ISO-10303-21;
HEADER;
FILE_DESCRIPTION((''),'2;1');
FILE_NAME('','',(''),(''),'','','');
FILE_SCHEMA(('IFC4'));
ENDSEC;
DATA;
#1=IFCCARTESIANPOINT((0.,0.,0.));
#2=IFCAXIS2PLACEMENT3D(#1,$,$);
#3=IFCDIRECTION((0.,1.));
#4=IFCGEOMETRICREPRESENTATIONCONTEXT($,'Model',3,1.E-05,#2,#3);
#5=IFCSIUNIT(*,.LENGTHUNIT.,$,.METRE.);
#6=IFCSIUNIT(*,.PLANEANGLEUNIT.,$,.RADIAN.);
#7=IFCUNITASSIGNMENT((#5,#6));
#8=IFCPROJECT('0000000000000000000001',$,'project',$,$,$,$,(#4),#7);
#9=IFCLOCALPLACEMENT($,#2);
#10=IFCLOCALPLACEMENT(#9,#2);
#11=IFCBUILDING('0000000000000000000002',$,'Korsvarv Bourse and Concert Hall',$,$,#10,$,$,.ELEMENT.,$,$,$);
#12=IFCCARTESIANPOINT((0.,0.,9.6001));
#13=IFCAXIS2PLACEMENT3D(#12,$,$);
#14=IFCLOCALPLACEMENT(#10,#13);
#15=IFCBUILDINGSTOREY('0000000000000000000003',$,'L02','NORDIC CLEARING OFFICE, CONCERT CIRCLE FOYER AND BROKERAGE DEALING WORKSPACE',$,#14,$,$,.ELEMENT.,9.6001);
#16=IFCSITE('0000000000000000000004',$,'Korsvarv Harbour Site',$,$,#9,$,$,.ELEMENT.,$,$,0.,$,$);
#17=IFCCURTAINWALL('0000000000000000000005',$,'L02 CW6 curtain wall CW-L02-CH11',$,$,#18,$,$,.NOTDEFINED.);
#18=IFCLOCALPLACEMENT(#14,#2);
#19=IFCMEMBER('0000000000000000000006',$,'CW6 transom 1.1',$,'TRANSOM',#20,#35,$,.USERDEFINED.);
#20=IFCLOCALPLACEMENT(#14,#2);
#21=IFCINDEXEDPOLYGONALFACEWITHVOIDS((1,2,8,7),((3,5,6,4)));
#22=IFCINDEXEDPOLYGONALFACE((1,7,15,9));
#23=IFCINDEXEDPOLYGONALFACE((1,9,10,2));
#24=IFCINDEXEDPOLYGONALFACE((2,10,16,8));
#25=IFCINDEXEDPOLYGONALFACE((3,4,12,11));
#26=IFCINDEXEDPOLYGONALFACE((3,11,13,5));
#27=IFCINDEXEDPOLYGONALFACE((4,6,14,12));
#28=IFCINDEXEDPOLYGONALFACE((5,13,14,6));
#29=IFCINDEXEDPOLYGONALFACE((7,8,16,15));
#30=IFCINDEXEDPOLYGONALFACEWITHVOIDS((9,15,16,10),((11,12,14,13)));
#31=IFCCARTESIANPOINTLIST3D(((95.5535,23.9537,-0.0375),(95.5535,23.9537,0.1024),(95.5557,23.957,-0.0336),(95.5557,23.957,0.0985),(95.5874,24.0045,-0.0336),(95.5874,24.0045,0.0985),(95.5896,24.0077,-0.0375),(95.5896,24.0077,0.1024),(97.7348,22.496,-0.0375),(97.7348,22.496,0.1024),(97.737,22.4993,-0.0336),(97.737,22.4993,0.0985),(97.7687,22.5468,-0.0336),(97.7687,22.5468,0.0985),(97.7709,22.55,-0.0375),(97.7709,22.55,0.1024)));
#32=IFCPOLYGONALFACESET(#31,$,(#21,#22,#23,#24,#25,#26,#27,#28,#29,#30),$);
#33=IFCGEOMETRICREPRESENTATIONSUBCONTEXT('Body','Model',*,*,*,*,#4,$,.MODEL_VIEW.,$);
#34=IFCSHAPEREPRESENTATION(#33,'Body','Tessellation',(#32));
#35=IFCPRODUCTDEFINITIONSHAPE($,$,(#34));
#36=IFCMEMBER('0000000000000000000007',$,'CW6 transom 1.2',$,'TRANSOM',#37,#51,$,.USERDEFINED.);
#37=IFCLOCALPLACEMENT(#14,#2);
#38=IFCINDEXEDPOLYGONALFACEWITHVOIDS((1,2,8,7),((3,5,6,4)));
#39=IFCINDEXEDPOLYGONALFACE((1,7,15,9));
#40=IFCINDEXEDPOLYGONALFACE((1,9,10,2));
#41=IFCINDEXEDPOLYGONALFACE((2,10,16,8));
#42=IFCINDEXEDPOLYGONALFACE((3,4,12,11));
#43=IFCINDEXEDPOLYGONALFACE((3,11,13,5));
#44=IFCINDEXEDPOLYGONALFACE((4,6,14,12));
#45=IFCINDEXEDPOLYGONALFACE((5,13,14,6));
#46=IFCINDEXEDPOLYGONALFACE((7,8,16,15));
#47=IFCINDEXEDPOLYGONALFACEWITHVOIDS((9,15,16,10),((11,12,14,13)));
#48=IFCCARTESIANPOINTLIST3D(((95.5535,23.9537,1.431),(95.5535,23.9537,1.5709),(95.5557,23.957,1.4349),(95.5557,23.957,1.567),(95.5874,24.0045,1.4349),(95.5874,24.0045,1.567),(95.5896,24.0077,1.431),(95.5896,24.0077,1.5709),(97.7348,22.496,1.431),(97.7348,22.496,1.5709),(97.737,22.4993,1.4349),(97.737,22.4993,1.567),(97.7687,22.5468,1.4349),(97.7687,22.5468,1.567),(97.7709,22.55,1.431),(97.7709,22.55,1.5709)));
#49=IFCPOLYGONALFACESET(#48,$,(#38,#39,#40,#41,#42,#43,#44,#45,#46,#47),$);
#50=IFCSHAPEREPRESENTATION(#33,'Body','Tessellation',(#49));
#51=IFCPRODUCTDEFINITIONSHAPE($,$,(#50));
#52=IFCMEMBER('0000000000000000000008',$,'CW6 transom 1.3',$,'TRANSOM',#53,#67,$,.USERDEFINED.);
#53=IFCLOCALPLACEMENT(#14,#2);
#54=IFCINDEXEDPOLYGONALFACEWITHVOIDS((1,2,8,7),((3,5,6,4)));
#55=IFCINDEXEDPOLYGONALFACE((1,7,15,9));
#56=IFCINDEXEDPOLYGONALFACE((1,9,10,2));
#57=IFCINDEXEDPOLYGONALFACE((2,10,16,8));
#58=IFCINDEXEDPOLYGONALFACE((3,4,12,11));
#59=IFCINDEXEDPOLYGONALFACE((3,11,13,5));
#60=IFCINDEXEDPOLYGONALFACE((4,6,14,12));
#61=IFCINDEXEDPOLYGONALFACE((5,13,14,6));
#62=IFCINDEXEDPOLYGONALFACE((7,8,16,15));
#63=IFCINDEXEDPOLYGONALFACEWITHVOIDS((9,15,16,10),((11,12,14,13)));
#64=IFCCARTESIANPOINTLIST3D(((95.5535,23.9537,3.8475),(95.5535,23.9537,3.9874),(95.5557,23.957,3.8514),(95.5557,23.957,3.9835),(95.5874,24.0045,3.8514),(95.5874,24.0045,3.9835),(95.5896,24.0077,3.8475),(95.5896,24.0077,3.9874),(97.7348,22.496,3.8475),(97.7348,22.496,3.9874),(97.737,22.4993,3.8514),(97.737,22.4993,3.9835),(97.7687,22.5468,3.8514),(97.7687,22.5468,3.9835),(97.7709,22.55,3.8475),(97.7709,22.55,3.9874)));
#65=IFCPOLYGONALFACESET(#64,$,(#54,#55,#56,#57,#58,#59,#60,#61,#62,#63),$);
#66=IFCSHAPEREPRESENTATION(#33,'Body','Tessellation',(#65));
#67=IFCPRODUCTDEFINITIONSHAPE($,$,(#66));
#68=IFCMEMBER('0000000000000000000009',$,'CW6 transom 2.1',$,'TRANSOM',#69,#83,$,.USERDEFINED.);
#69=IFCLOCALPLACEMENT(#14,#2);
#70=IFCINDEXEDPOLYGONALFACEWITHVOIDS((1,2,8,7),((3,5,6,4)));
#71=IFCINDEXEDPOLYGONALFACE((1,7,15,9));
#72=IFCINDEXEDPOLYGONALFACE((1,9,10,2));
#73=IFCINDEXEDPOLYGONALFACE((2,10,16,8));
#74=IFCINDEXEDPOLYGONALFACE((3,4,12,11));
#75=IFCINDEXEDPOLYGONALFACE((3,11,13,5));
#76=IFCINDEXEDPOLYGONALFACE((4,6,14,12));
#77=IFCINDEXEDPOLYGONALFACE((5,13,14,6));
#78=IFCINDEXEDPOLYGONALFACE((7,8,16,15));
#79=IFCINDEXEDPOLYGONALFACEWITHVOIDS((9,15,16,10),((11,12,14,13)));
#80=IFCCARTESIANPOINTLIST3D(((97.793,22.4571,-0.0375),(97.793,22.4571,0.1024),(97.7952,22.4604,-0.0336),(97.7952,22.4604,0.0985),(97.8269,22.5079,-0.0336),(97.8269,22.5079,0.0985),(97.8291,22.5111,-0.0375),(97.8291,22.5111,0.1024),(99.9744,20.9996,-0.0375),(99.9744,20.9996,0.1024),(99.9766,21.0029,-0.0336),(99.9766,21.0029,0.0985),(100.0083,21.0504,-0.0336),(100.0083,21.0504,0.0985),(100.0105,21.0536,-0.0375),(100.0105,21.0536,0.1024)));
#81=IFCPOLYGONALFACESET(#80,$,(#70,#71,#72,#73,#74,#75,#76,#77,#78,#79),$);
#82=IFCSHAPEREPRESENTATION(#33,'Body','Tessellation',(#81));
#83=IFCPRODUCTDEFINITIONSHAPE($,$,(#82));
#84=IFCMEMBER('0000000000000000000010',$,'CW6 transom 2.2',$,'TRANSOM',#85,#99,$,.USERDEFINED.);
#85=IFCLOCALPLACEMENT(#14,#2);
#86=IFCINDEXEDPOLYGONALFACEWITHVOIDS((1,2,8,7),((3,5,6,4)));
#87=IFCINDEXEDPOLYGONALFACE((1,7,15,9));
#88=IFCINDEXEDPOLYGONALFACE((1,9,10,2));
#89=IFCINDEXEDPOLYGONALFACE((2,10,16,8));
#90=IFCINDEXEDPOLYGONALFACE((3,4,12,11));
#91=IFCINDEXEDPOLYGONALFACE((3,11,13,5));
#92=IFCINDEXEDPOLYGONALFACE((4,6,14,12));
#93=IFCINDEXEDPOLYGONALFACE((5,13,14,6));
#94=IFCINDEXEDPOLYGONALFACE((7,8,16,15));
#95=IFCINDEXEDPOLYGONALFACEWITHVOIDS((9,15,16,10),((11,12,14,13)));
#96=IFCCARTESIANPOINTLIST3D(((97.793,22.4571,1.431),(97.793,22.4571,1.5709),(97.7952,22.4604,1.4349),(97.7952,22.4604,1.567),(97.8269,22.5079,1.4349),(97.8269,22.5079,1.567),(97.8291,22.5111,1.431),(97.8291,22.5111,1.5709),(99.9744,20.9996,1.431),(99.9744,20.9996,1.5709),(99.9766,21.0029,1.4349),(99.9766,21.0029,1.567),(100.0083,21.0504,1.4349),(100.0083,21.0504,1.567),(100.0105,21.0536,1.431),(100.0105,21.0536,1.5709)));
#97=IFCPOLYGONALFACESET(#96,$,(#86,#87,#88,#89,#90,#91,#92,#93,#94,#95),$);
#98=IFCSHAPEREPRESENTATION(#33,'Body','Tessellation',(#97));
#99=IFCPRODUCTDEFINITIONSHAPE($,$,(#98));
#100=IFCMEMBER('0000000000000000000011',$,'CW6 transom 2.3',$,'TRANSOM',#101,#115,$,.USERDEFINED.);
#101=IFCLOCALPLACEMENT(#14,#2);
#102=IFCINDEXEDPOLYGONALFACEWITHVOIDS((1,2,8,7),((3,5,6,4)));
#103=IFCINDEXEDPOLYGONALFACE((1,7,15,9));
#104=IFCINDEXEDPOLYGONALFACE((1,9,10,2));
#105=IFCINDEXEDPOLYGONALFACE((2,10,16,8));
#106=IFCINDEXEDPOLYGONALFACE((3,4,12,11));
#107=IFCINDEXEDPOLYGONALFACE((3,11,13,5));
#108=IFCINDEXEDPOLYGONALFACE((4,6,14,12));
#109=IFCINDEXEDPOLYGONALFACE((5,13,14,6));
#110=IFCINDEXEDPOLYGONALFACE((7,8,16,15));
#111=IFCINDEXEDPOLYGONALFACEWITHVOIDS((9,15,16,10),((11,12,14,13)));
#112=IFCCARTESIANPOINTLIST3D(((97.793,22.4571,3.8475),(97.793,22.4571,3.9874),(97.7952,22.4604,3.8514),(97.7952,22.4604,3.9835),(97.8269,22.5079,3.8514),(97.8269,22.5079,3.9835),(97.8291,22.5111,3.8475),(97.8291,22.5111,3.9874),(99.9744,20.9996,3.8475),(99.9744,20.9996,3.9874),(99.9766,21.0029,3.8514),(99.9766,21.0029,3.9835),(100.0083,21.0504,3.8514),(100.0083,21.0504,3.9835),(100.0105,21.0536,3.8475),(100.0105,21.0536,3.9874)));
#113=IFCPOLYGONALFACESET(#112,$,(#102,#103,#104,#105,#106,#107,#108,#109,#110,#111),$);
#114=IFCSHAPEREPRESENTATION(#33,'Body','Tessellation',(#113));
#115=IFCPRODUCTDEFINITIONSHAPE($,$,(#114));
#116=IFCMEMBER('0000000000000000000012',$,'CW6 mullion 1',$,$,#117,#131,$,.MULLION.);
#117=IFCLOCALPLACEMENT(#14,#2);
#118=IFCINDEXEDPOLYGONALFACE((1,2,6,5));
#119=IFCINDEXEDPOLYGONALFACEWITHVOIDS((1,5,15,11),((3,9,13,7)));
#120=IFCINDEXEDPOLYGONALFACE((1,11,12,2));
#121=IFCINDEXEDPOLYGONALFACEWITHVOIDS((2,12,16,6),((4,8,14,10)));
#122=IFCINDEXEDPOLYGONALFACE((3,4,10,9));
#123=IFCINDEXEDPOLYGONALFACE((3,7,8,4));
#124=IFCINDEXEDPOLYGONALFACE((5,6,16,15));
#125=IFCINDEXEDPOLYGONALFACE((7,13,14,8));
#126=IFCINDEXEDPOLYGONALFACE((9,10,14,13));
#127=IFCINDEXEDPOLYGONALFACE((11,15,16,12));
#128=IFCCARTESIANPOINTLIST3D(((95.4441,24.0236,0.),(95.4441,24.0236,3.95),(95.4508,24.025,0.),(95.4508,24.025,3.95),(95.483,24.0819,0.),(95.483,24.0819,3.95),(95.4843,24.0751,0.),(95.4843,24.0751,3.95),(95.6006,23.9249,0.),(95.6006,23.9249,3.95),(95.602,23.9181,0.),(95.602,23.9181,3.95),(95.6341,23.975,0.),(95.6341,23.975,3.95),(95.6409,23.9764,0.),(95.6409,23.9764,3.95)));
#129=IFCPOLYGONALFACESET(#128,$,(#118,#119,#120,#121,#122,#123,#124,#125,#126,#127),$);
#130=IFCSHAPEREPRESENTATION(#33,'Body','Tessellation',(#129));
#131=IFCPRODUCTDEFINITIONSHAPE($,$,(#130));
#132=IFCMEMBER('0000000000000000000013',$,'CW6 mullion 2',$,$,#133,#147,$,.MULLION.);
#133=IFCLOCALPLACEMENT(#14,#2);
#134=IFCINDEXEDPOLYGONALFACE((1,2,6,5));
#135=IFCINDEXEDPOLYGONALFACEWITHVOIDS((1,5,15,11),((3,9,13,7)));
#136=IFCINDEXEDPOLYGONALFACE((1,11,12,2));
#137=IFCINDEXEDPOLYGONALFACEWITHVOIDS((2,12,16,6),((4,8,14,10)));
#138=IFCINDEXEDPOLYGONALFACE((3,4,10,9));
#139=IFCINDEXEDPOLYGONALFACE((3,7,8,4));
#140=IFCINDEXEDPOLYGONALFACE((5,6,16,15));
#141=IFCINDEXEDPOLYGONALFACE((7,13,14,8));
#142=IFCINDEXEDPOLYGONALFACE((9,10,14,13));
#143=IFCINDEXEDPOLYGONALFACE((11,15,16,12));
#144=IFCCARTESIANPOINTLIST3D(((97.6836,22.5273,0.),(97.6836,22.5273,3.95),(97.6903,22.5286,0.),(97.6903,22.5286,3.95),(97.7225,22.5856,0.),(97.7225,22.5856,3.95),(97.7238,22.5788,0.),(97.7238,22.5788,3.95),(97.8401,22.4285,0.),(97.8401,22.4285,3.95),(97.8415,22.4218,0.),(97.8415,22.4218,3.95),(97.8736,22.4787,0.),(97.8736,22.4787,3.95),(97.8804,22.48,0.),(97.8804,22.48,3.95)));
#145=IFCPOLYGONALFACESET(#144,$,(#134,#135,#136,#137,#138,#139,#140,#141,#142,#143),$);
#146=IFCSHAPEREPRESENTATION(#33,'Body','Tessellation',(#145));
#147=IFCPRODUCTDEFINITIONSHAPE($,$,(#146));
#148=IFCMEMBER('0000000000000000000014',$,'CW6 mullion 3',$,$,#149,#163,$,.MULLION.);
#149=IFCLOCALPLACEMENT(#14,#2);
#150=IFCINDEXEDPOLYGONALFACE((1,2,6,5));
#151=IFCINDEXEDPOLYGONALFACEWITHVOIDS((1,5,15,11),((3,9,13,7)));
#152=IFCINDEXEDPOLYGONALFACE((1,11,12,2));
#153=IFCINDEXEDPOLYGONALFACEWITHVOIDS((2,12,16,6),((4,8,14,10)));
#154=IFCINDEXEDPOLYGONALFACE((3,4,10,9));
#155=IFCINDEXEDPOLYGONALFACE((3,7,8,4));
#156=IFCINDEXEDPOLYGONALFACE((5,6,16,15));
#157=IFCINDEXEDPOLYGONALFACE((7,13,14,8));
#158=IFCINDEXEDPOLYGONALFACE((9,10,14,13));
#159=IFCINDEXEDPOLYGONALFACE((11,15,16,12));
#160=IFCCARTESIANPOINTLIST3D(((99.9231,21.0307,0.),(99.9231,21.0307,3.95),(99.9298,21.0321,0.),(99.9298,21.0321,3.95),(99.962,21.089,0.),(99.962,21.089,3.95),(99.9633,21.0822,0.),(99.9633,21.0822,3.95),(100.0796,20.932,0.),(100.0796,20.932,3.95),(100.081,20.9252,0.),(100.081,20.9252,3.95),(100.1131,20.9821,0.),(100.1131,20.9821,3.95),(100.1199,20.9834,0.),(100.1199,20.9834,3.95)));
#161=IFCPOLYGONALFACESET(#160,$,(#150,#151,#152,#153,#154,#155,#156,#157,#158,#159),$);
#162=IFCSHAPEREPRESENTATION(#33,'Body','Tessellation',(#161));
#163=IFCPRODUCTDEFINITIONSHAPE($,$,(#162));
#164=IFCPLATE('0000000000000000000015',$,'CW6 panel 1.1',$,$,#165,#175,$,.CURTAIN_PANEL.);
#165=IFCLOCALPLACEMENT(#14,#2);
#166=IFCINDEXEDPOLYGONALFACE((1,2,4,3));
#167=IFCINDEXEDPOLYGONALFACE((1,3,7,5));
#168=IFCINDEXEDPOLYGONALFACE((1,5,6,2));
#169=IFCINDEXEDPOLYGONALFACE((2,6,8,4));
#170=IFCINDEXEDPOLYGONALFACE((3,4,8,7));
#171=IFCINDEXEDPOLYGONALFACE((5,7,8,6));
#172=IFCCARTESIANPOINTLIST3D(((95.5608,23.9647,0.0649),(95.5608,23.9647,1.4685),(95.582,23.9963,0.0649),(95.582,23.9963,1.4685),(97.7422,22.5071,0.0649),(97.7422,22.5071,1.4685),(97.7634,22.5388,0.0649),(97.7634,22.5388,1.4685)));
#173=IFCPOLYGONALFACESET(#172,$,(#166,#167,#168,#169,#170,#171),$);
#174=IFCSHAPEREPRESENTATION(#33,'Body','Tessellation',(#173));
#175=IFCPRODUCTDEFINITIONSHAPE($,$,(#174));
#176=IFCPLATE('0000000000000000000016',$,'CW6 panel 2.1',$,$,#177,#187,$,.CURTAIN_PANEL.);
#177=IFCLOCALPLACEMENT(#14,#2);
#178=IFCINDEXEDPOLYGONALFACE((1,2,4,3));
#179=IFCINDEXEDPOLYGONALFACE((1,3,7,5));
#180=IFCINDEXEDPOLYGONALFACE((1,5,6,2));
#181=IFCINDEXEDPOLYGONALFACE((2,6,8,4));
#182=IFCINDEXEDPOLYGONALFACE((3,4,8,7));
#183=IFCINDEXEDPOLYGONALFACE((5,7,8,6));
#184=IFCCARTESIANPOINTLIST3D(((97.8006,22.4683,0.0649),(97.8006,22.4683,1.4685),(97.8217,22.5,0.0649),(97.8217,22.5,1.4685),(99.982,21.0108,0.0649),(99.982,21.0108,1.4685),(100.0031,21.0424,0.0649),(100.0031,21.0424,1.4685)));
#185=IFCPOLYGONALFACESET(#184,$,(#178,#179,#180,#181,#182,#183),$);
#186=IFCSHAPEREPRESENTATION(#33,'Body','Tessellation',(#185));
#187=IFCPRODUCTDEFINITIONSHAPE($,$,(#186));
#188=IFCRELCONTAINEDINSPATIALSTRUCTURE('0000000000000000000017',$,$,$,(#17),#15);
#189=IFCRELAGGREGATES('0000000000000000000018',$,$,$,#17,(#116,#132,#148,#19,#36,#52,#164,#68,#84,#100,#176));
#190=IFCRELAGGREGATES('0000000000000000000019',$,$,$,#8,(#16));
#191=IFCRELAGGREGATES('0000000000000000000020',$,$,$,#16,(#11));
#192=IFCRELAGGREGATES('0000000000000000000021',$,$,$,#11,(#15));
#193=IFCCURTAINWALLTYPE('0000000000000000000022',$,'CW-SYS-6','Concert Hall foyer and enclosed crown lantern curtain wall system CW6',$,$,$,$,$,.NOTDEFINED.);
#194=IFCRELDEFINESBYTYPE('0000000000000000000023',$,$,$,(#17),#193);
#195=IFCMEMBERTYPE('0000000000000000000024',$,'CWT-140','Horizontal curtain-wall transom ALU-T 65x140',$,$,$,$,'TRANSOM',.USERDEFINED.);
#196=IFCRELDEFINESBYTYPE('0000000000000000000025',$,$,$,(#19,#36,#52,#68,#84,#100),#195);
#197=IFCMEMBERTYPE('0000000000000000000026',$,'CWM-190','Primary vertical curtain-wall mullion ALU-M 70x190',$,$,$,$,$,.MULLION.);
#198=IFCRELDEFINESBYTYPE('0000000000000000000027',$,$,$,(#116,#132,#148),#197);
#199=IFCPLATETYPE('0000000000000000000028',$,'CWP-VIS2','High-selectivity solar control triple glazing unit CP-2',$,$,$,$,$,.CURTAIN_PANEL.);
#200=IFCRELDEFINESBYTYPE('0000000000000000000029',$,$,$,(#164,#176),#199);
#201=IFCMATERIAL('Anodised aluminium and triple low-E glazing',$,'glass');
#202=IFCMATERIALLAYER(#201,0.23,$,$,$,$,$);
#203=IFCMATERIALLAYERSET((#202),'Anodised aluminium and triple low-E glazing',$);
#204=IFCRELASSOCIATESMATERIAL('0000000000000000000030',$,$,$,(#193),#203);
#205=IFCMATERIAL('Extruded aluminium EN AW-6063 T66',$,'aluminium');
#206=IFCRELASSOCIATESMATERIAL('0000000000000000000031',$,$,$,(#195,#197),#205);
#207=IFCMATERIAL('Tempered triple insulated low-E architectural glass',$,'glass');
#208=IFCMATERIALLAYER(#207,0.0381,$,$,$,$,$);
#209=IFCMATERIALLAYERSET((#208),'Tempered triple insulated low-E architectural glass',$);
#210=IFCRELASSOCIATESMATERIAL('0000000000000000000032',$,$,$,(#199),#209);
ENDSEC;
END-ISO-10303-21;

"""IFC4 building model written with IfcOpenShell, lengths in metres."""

from ifc_helpers import new_model, si_unit, direction, frame, origin, origin_2d, place, context, subcontext, project, spatial, rectangle, hollow_rectangle, extrude, source, transform, mapped, material, layer, layer_set, material_profile, profile_set, type_object, element, aggregate, save


model = new_model("IFC4")

# Units and contexts
model_context = context("Model", 3, precision=1e-05, world=origin(), true_north=direction((0.0, 1.0)))
body_context = subcontext(model_context, "Body", "Model", "MODEL_VIEW")
ifc_project = project(units=[si_unit("LENGTHUNIT", "METRE"), si_unit("PLANEANGLEUNIT", "RADIAN")], contexts=[model_context])

# Site, building, storey
site_placement = place(None, origin())
site = spatial("IfcSite", under=ifc_project, at=site_placement, Name="Korsvarv Harbour Site", CompositionType="ELEMENT", RefElevation=0.0)
building_placement = place(site_placement, origin())
building = spatial("IfcBuilding", under=site, at=building_placement, Name="Korsvarv Bourse and Concert Hall", CompositionType="ELEMENT")
storey_placement = place(building_placement, frame((0.0, 0.0, 9.6001)))
storey = spatial("IfcBuildingStorey", under=building, at=storey_placement, Name="L02", Description="NORDIC CLEARING OFFICE, CONCERT CIRCLE FOYER AND BROKERAGE DEALING WORKSPACE", CompositionType="ELEMENT", Elevation=9.6001)

# Curtain wall, members, plates
ifc_material_1 = material(Name="Anodised aluminium and triple low-E glazing", Category="glass")
ifc_layer_1 = layer(ifc_material_1, 0.23)
ifc_layer_set_1 = layer_set([ifc_layer_1], Name="Anodised aluminium and triple low-E glazing")
curtain_wall_type = type_object("IfcCurtainWallType", Name="CW-SYS-6", Description="Concert Hall foyer and enclosed crown lantern curtain wall system CW6", PredefinedType="NOTDEFINED", material=ifc_layer_set_1)
curtain_wall_placement = place(storey_placement, origin())
curtain_wall = element("IfcCurtainWall", 1, at=curtain_wall_placement, inside=storey, type_object=curtain_wall_type, Name="L02 CW6 curtain wall CW-L02-CH11", PredefinedType="NOTDEFINED")
ifc_material_2 = material(Name="Extruded aluminium EN AW-6063 T66", Category="aluminium")
ifc_material_profile_1 = material_profile(ifc_material_2, hollow_rectangle(XDim=0.0649, YDim=0.1399, WallThickness=0.0039, at=origin_2d()), Name="ALU-T 65x140")
ifc_profile_set_1 = profile_set([ifc_material_profile_1], Name="Extruded aluminium EN AW-6063 T66")
member_type_1 = type_object("IfcMemberType", Name="CWT-140", Description="Horizontal curtain-wall transom ALU-T 65x140", ElementType="TRANSOM", PredefinedType="USERDEFINED", material=ifc_profile_set_1)
shared_shape_1 = source(origin(), body_context, "Body", "SweptSolid", [
    extrude(hollow_rectangle(XDim=0.0649, YDim=0.1399, WallThickness=0.0039, at=origin_2d()), origin(), (0.0, 0.0, 1.0), 2.6235),
])
member_1_placement = place(storey_placement, frame((95.5715, 23.9807, 0.0325), z_axis=(0.831434, -0.555623, 0.0), x_axis=(0.555623, 0.831434, 0.0)))
member_1 = element("IfcMember", 2, at=member_1_placement, type_object=member_type_1, Name="CW6 transom 1.1", ObjectType="TRANSOM", PredefinedType="USERDEFINED", context=body_context, shape_type="MappedRepresentation", body=[
    mapped(shared_shape_1, transform((0.0, 0.0, 0.0), scale=1.0)),
])
member_2_placement = place(storey_placement, frame((95.5715, 23.9807, 1.501), z_axis=(0.831434, -0.555623, 0.0), x_axis=(0.555623, 0.831434, 0.0)))
member_2 = element("IfcMember", 3, at=member_2_placement, type_object=member_type_1, Name="CW6 transom 1.2", ObjectType="TRANSOM", PredefinedType="USERDEFINED", context=body_context, shape_type="MappedRepresentation", body=[
    mapped(shared_shape_1, transform((0.0, 0.0, 0.0), scale=1.0)),
])
member_3_placement = place(storey_placement, frame((95.5715, 23.9807, 3.9175), z_axis=(0.831434, -0.555623, 0.0), x_axis=(0.555623, 0.831434, 0.0)))
member_3 = element("IfcMember", 4, at=member_3_placement, type_object=member_type_1, Name="CW6 transom 1.3", ObjectType="TRANSOM", PredefinedType="USERDEFINED", context=body_context, shape_type="MappedRepresentation", body=[
    mapped(shared_shape_1, transform((0.0, 0.0, 0.0), scale=1.0)),
])
member_4_placement = place(storey_placement, frame((97.811, 22.4841, 0.0325), z_axis=(0.831477, -0.555559, 0.0), x_axis=(0.555559, 0.831477, 0.0)))
member_4 = element("IfcMember", 5, at=member_4_placement, type_object=member_type_1, Name="CW6 transom 2.1", ObjectType="TRANSOM", PredefinedType="USERDEFINED", context=body_context, shape_type="MappedRepresentation", body=[
    mapped(shared_shape_1, transform((0.0, 0.0, 0.0), scale=1.0)),
])
member_5_placement = place(storey_placement, frame((97.811, 22.4841, 1.501), z_axis=(0.831477, -0.555559, 0.0), x_axis=(0.555559, 0.831477, 0.0)))
member_5 = element("IfcMember", 6, at=member_5_placement, type_object=member_type_1, Name="CW6 transom 2.2", ObjectType="TRANSOM", PredefinedType="USERDEFINED", context=body_context, shape_type="MappedRepresentation", body=[
    mapped(shared_shape_1, transform((0.0, 0.0, 0.0), scale=1.0)),
])
member_6_placement = place(storey_placement, frame((97.811, 22.4841, 3.9175), z_axis=(0.831477, -0.555559, 0.0), x_axis=(0.555559, 0.831477, 0.0)))
member_6 = element("IfcMember", 7, at=member_6_placement, type_object=member_type_1, Name="CW6 transom 2.3", ObjectType="TRANSOM", PredefinedType="USERDEFINED", context=body_context, shape_type="MappedRepresentation", body=[
    mapped(shared_shape_1, transform((0.0, 0.0, 0.0), scale=1.0)),
])
ifc_material_profile_2 = material_profile(ifc_material_2, hollow_rectangle(XDim=0.0701, YDim=0.1899, WallThickness=0.0049, at=origin_2d()), Name="ALU-M 70x190")
ifc_profile_set_2 = profile_set([ifc_material_profile_2], Name="Extruded aluminium EN AW-6063 T66")
member_type_2 = type_object("IfcMemberType", Name="CWM-190", Description="Primary vertical curtain-wall mullion ALU-M 70x190", PredefinedType="MULLION", material=ifc_profile_set_2)
shared_shape_2 = source(origin(), body_context, "Body", "SweptSolid", [
    extrude(hollow_rectangle(XDim=0.0701, YDim=0.1899, WallThickness=0.0049, at=origin_2d()), origin(), (0.0, 0.0, 1.0), 3.95),
])
member_7_placement = place(storey_placement, frame((95.5425, 24.0, 0.0), z_axis=(0.0, 0.0, 1.0), x_axis=(0.555571, 0.831469, 0.0)))
member_7 = element("IfcMember", 8, at=member_7_placement, type_object=member_type_2, Name="CW6 mullion 1", PredefinedType="MULLION", context=body_context, shape_type="MappedRepresentation", body=[
    mapped(shared_shape_2, transform((0.0, 0.0, 0.0), scale=1.0)),
])
member_8_placement = place(storey_placement, frame((97.782, 22.5037, 0.0), z_axis=(0.0, 0.0, 1.0), x_axis=(0.555571, 0.831469, 0.0)))
member_8 = element("IfcMember", 9, at=member_8_placement, type_object=member_type_2, Name="CW6 mullion 2", PredefinedType="MULLION", context=body_context, shape_type="MappedRepresentation", body=[
    mapped(shared_shape_2, transform((0.0, 0.0, 0.0), scale=1.0)),
])
member_9_placement = place(storey_placement, frame((100.0215, 21.0071, 0.0), z_axis=(0.0, 0.0, 1.0), x_axis=(0.555571, 0.831469, 0.0)))
member_9 = element("IfcMember", 10, at=member_9_placement, type_object=member_type_2, Name="CW6 mullion 3", PredefinedType="MULLION", context=body_context, shape_type="MappedRepresentation", body=[
    mapped(shared_shape_2, transform((0.0, 0.0, 0.0), scale=1.0)),
])
ifc_material_3 = material(Name="Tempered triple insulated low-E architectural glass", Category="glass")
ifc_layer_2 = layer(ifc_material_3, 0.0381)
ifc_layer_set_2 = layer_set([ifc_layer_2], Name="Tempered triple insulated low-E architectural glass")
plate_type = type_object("IfcPlateType", Name="CWP-VIS2", Description="High-selectivity solar control triple glazing unit CP-2", PredefinedType="CURTAIN_PANEL", material=ifc_layer_set_2)
shared_shape_3 = source(origin(), body_context, "Body", "SweptSolid", [
    extrude(rectangle(XDim=2.6235, YDim=0.0381, at=origin_2d()), origin(), (0.0, 0.0, 1.0), 1.4036),
])
plate_1_placement = place(storey_placement, frame((96.6621, 23.2517, 0.0649), z_axis=(0.0, 0.0, 1.0), x_axis=(0.831469, -0.555571, 0.0)))
plate_1 = element("IfcPlate", 11, at=plate_1_placement, type_object=plate_type, Name="CW6 panel 1.1", PredefinedType="CURTAIN_PANEL", context=body_context, shape_type="MappedRepresentation", body=[
    mapped(shared_shape_3, transform((0.0, 0.0, 0.0), scale=1.0)),
])
plate_2_placement = place(storey_placement, frame((98.9019, 21.7554, 0.0649), z_axis=(0.0, 0.0, 1.0), x_axis=(0.831469, -0.555571, 0.0)))
plate_2 = element("IfcPlate", 12, at=plate_2_placement, type_object=plate_type, Name="CW6 panel 2.1", PredefinedType="CURTAIN_PANEL", context=body_context, shape_type="MappedRepresentation", body=[
    mapped(shared_shape_3, transform((0.0, 0.0, 0.0), scale=1.0)),
])
aggregate(curtain_wall, [member_7, member_8, member_9, member_1, member_2, member_3, plate_1, member_4, member_5, member_6, plate_2])

save(model, "model.ifc")
